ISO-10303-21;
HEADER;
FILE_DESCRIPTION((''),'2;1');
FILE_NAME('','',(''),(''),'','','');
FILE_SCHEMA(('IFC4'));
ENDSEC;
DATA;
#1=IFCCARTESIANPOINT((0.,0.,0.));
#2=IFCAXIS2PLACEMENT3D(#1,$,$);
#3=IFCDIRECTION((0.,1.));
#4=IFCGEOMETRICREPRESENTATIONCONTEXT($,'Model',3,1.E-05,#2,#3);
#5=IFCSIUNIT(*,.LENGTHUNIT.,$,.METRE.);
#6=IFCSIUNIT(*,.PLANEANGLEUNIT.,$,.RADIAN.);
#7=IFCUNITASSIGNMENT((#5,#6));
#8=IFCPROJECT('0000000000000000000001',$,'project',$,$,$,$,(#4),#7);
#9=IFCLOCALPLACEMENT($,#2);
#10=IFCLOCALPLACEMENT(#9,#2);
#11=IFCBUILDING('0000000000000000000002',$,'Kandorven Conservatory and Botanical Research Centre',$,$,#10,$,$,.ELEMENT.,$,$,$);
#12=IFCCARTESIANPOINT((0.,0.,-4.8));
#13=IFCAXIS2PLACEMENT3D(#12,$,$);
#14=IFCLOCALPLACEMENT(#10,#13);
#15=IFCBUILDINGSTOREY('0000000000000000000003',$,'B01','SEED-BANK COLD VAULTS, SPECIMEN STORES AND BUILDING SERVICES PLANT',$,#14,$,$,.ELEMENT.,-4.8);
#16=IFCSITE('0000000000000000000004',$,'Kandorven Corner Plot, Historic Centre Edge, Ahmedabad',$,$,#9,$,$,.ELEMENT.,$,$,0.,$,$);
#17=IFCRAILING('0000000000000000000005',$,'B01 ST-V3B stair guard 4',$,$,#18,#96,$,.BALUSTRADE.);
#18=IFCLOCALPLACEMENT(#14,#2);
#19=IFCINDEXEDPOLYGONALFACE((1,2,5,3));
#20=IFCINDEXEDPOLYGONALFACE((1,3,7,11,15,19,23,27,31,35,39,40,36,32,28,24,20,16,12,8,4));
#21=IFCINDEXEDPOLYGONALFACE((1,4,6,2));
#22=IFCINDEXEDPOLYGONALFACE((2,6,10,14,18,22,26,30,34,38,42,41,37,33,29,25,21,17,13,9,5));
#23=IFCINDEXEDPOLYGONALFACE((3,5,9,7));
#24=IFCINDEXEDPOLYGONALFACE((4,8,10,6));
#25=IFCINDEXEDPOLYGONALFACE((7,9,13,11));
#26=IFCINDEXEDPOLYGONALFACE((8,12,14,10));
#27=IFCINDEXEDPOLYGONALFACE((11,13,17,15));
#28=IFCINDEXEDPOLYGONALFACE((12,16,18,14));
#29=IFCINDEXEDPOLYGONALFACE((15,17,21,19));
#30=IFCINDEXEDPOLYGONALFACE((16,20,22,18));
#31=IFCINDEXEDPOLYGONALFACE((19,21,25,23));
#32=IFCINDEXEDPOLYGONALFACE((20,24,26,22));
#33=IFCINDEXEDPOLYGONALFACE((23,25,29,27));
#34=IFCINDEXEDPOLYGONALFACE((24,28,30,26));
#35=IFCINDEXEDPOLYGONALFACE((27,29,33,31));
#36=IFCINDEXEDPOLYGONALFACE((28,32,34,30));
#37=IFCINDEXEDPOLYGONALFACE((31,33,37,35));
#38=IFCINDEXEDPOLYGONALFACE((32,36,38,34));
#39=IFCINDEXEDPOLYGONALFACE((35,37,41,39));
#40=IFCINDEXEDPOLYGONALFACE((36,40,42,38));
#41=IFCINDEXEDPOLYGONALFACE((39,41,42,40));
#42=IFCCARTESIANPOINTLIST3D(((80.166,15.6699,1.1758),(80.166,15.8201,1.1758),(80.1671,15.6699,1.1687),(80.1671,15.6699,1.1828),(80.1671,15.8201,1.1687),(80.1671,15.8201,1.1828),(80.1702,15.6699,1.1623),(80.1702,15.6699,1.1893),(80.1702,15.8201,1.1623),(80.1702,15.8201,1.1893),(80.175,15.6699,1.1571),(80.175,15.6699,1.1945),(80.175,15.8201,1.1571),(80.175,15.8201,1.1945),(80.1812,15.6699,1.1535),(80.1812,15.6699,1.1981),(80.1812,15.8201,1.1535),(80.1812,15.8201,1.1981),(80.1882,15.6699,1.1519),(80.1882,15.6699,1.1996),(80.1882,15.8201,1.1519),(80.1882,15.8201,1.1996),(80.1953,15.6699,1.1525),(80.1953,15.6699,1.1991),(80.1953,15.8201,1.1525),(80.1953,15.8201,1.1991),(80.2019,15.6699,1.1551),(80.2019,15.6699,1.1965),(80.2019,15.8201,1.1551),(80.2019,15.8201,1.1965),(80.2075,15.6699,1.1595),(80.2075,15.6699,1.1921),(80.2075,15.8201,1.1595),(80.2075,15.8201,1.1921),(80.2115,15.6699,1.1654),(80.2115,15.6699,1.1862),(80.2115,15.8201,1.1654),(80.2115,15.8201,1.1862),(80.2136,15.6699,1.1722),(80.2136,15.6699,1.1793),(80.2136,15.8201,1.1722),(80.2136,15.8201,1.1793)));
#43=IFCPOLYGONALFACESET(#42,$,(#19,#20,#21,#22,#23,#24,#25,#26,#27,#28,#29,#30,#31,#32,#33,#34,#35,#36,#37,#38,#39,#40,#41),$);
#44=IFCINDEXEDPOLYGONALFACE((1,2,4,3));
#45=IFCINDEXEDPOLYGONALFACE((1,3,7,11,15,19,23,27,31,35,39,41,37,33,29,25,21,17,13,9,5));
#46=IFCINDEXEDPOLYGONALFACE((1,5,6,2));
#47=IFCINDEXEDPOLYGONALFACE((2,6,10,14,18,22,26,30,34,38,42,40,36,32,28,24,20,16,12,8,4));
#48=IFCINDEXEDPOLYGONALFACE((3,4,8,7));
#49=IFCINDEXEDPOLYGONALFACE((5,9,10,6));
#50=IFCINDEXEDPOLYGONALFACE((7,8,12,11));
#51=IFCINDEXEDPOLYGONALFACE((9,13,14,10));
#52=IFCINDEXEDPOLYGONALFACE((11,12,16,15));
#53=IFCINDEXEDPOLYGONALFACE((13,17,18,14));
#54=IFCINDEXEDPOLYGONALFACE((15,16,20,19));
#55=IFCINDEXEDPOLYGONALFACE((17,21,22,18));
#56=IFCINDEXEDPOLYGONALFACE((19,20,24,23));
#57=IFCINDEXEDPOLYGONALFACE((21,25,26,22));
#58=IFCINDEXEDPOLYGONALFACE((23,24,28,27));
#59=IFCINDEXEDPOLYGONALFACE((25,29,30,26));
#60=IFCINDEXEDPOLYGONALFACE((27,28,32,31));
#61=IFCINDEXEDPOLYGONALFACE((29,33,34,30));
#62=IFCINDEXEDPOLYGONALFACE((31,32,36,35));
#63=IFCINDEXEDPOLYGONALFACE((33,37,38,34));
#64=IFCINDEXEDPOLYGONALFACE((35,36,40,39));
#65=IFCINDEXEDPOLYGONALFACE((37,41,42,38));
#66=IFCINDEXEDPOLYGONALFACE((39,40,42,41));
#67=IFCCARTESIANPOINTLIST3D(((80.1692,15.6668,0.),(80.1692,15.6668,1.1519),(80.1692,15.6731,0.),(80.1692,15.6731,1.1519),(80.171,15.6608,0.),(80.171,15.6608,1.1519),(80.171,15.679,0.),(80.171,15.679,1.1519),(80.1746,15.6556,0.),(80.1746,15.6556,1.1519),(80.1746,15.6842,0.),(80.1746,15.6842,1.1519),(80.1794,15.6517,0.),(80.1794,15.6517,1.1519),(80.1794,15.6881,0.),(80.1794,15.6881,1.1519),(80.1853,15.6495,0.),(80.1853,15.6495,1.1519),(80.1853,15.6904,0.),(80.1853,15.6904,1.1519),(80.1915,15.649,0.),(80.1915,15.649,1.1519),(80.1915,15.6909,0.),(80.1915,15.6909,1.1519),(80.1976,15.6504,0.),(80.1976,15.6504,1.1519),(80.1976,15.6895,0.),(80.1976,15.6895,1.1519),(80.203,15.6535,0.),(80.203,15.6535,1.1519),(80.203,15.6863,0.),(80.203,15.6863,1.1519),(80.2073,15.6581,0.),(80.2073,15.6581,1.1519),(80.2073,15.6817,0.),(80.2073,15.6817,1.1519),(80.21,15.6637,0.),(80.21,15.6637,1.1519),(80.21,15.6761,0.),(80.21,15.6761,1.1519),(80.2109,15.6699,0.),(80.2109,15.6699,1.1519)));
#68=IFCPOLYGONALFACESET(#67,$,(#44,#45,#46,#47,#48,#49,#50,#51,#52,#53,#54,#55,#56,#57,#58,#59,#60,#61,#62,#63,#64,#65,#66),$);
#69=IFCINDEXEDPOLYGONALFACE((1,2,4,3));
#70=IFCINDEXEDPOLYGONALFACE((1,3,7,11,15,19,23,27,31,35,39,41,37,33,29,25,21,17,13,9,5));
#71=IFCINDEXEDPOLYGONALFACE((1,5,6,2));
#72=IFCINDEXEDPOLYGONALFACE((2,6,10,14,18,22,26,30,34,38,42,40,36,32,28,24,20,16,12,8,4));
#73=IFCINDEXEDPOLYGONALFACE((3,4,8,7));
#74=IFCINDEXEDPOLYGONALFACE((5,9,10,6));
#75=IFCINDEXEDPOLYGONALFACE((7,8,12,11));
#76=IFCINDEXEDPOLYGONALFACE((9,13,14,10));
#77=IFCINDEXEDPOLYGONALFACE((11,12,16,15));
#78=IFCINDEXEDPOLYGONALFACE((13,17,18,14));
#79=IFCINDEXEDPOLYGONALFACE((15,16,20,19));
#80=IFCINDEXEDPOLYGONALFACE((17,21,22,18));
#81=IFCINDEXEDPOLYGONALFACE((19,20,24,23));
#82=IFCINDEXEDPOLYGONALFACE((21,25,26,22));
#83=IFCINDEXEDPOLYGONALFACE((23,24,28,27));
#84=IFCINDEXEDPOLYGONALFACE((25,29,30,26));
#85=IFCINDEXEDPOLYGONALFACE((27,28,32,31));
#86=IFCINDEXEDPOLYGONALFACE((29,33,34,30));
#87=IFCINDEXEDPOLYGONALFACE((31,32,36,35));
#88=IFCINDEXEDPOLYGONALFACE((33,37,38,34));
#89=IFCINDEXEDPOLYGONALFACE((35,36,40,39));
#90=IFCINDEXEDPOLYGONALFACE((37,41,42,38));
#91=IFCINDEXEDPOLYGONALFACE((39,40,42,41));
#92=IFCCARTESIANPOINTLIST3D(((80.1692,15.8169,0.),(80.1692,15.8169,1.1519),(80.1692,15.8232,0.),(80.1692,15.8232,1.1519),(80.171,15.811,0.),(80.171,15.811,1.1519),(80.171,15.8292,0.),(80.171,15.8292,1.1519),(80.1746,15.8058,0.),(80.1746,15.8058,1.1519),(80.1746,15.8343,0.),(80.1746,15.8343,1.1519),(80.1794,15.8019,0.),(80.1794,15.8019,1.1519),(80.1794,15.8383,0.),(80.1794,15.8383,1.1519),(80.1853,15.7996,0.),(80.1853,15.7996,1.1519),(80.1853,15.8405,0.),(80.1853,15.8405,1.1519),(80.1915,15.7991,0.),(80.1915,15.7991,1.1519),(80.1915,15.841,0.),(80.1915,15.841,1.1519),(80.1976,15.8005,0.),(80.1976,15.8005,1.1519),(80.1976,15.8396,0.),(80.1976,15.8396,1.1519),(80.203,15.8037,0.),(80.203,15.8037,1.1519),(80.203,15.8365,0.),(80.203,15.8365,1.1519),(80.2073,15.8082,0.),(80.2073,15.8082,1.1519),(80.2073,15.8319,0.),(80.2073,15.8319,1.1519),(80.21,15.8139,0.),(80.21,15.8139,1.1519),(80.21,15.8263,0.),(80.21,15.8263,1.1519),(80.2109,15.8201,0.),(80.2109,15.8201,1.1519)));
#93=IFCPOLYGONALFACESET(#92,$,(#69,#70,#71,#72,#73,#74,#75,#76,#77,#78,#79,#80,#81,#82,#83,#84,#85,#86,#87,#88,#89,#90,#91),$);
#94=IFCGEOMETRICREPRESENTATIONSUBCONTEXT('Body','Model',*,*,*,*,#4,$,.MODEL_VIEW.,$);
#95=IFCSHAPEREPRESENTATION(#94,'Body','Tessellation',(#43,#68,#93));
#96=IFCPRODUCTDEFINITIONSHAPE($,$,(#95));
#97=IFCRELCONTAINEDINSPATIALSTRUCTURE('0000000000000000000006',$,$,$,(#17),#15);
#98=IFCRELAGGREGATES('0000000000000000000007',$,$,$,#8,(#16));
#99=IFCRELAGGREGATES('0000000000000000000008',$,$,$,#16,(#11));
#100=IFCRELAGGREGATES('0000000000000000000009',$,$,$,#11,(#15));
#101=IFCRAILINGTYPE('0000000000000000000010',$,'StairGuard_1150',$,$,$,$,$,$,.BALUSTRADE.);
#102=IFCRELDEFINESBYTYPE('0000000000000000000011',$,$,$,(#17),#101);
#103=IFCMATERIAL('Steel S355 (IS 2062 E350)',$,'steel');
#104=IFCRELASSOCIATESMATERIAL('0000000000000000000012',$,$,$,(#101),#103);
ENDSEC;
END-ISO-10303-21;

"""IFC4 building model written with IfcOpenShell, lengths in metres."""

from ifc_helpers import new_model, si_unit, direction, frame, origin, origin_2d, place, context, subcontext, project, spatial, circle, extrude, material, type_object, element, save


model = new_model("IFC4")

# Units and contexts
model_context = context("Model", 3, precision=1e-05, world=origin(), true_north=direction((0.0, 1.0)))
body_context = subcontext(model_context, "Body", "Model", "MODEL_VIEW")
ifc_project = project(units=[si_unit("LENGTHUNIT", "METRE"), si_unit("PLANEANGLEUNIT", "RADIAN")], contexts=[model_context])

# Site, building, storey
site_placement = place(None, origin())
site = spatial("IfcSite", under=ifc_project, at=site_placement, Name="Kandorven Corner Plot, Historic Centre Edge, Ahmedabad", CompositionType="ELEMENT", RefElevation=0.0)
building_placement = place(site_placement, origin())
building = spatial("IfcBuilding", under=site, at=building_placement, Name="Kandorven Conservatory and Botanical Research Centre", CompositionType="ELEMENT")
storey_placement = place(building_placement, frame((0.0, 0.0, -4.8)))
storey = spatial("IfcBuildingStorey", under=building, at=storey_placement, Name="B01", Description="SEED-BANK COLD VAULTS, SPECIMEN STORES AND BUILDING SERVICES PLANT", CompositionType="ELEMENT", Elevation=-4.8)

# Railing
ifc_material_1 = material(Name="Steel S355 (IS 2062 E350)", Category="steel")
railing_type_1 = type_object("IfcRailingType", Name="StairGuard_1150", PredefinedType="BALUSTRADE", material=ifc_material_1)
railing_1_placement = place(storey_placement, frame((80.1899, 15.6699, 0.0)))
element("IfcRailing", 1, at=railing_1_placement, inside=storey, type_object=railing_type_1, Name="B01 ST-V3B stair guard 4", PredefinedType="BALUSTRADE", context=body_context, shape_type="SweptSolid", body=[
    extrude(circle(Radius=0.0239, at=origin_2d()), frame((0.0, 0.0, 1.1758), z_axis=(0.0, 1.0, 0.0), x_axis=(-1.0, 0.0, 0.0)), (0.0, 0.0, 1.0), 0.1501),
    extrude(circle(Radius=0.021, at=origin_2d()), origin(), (0.0, 0.0, 1.0), 1.1519),
    extrude(circle(Radius=0.021, at=origin_2d()), frame((0.0, 0.1501, 0.0)), (0.0, 0.0, 1.0), 1.1519),
])

save(model, "model.ifc")
